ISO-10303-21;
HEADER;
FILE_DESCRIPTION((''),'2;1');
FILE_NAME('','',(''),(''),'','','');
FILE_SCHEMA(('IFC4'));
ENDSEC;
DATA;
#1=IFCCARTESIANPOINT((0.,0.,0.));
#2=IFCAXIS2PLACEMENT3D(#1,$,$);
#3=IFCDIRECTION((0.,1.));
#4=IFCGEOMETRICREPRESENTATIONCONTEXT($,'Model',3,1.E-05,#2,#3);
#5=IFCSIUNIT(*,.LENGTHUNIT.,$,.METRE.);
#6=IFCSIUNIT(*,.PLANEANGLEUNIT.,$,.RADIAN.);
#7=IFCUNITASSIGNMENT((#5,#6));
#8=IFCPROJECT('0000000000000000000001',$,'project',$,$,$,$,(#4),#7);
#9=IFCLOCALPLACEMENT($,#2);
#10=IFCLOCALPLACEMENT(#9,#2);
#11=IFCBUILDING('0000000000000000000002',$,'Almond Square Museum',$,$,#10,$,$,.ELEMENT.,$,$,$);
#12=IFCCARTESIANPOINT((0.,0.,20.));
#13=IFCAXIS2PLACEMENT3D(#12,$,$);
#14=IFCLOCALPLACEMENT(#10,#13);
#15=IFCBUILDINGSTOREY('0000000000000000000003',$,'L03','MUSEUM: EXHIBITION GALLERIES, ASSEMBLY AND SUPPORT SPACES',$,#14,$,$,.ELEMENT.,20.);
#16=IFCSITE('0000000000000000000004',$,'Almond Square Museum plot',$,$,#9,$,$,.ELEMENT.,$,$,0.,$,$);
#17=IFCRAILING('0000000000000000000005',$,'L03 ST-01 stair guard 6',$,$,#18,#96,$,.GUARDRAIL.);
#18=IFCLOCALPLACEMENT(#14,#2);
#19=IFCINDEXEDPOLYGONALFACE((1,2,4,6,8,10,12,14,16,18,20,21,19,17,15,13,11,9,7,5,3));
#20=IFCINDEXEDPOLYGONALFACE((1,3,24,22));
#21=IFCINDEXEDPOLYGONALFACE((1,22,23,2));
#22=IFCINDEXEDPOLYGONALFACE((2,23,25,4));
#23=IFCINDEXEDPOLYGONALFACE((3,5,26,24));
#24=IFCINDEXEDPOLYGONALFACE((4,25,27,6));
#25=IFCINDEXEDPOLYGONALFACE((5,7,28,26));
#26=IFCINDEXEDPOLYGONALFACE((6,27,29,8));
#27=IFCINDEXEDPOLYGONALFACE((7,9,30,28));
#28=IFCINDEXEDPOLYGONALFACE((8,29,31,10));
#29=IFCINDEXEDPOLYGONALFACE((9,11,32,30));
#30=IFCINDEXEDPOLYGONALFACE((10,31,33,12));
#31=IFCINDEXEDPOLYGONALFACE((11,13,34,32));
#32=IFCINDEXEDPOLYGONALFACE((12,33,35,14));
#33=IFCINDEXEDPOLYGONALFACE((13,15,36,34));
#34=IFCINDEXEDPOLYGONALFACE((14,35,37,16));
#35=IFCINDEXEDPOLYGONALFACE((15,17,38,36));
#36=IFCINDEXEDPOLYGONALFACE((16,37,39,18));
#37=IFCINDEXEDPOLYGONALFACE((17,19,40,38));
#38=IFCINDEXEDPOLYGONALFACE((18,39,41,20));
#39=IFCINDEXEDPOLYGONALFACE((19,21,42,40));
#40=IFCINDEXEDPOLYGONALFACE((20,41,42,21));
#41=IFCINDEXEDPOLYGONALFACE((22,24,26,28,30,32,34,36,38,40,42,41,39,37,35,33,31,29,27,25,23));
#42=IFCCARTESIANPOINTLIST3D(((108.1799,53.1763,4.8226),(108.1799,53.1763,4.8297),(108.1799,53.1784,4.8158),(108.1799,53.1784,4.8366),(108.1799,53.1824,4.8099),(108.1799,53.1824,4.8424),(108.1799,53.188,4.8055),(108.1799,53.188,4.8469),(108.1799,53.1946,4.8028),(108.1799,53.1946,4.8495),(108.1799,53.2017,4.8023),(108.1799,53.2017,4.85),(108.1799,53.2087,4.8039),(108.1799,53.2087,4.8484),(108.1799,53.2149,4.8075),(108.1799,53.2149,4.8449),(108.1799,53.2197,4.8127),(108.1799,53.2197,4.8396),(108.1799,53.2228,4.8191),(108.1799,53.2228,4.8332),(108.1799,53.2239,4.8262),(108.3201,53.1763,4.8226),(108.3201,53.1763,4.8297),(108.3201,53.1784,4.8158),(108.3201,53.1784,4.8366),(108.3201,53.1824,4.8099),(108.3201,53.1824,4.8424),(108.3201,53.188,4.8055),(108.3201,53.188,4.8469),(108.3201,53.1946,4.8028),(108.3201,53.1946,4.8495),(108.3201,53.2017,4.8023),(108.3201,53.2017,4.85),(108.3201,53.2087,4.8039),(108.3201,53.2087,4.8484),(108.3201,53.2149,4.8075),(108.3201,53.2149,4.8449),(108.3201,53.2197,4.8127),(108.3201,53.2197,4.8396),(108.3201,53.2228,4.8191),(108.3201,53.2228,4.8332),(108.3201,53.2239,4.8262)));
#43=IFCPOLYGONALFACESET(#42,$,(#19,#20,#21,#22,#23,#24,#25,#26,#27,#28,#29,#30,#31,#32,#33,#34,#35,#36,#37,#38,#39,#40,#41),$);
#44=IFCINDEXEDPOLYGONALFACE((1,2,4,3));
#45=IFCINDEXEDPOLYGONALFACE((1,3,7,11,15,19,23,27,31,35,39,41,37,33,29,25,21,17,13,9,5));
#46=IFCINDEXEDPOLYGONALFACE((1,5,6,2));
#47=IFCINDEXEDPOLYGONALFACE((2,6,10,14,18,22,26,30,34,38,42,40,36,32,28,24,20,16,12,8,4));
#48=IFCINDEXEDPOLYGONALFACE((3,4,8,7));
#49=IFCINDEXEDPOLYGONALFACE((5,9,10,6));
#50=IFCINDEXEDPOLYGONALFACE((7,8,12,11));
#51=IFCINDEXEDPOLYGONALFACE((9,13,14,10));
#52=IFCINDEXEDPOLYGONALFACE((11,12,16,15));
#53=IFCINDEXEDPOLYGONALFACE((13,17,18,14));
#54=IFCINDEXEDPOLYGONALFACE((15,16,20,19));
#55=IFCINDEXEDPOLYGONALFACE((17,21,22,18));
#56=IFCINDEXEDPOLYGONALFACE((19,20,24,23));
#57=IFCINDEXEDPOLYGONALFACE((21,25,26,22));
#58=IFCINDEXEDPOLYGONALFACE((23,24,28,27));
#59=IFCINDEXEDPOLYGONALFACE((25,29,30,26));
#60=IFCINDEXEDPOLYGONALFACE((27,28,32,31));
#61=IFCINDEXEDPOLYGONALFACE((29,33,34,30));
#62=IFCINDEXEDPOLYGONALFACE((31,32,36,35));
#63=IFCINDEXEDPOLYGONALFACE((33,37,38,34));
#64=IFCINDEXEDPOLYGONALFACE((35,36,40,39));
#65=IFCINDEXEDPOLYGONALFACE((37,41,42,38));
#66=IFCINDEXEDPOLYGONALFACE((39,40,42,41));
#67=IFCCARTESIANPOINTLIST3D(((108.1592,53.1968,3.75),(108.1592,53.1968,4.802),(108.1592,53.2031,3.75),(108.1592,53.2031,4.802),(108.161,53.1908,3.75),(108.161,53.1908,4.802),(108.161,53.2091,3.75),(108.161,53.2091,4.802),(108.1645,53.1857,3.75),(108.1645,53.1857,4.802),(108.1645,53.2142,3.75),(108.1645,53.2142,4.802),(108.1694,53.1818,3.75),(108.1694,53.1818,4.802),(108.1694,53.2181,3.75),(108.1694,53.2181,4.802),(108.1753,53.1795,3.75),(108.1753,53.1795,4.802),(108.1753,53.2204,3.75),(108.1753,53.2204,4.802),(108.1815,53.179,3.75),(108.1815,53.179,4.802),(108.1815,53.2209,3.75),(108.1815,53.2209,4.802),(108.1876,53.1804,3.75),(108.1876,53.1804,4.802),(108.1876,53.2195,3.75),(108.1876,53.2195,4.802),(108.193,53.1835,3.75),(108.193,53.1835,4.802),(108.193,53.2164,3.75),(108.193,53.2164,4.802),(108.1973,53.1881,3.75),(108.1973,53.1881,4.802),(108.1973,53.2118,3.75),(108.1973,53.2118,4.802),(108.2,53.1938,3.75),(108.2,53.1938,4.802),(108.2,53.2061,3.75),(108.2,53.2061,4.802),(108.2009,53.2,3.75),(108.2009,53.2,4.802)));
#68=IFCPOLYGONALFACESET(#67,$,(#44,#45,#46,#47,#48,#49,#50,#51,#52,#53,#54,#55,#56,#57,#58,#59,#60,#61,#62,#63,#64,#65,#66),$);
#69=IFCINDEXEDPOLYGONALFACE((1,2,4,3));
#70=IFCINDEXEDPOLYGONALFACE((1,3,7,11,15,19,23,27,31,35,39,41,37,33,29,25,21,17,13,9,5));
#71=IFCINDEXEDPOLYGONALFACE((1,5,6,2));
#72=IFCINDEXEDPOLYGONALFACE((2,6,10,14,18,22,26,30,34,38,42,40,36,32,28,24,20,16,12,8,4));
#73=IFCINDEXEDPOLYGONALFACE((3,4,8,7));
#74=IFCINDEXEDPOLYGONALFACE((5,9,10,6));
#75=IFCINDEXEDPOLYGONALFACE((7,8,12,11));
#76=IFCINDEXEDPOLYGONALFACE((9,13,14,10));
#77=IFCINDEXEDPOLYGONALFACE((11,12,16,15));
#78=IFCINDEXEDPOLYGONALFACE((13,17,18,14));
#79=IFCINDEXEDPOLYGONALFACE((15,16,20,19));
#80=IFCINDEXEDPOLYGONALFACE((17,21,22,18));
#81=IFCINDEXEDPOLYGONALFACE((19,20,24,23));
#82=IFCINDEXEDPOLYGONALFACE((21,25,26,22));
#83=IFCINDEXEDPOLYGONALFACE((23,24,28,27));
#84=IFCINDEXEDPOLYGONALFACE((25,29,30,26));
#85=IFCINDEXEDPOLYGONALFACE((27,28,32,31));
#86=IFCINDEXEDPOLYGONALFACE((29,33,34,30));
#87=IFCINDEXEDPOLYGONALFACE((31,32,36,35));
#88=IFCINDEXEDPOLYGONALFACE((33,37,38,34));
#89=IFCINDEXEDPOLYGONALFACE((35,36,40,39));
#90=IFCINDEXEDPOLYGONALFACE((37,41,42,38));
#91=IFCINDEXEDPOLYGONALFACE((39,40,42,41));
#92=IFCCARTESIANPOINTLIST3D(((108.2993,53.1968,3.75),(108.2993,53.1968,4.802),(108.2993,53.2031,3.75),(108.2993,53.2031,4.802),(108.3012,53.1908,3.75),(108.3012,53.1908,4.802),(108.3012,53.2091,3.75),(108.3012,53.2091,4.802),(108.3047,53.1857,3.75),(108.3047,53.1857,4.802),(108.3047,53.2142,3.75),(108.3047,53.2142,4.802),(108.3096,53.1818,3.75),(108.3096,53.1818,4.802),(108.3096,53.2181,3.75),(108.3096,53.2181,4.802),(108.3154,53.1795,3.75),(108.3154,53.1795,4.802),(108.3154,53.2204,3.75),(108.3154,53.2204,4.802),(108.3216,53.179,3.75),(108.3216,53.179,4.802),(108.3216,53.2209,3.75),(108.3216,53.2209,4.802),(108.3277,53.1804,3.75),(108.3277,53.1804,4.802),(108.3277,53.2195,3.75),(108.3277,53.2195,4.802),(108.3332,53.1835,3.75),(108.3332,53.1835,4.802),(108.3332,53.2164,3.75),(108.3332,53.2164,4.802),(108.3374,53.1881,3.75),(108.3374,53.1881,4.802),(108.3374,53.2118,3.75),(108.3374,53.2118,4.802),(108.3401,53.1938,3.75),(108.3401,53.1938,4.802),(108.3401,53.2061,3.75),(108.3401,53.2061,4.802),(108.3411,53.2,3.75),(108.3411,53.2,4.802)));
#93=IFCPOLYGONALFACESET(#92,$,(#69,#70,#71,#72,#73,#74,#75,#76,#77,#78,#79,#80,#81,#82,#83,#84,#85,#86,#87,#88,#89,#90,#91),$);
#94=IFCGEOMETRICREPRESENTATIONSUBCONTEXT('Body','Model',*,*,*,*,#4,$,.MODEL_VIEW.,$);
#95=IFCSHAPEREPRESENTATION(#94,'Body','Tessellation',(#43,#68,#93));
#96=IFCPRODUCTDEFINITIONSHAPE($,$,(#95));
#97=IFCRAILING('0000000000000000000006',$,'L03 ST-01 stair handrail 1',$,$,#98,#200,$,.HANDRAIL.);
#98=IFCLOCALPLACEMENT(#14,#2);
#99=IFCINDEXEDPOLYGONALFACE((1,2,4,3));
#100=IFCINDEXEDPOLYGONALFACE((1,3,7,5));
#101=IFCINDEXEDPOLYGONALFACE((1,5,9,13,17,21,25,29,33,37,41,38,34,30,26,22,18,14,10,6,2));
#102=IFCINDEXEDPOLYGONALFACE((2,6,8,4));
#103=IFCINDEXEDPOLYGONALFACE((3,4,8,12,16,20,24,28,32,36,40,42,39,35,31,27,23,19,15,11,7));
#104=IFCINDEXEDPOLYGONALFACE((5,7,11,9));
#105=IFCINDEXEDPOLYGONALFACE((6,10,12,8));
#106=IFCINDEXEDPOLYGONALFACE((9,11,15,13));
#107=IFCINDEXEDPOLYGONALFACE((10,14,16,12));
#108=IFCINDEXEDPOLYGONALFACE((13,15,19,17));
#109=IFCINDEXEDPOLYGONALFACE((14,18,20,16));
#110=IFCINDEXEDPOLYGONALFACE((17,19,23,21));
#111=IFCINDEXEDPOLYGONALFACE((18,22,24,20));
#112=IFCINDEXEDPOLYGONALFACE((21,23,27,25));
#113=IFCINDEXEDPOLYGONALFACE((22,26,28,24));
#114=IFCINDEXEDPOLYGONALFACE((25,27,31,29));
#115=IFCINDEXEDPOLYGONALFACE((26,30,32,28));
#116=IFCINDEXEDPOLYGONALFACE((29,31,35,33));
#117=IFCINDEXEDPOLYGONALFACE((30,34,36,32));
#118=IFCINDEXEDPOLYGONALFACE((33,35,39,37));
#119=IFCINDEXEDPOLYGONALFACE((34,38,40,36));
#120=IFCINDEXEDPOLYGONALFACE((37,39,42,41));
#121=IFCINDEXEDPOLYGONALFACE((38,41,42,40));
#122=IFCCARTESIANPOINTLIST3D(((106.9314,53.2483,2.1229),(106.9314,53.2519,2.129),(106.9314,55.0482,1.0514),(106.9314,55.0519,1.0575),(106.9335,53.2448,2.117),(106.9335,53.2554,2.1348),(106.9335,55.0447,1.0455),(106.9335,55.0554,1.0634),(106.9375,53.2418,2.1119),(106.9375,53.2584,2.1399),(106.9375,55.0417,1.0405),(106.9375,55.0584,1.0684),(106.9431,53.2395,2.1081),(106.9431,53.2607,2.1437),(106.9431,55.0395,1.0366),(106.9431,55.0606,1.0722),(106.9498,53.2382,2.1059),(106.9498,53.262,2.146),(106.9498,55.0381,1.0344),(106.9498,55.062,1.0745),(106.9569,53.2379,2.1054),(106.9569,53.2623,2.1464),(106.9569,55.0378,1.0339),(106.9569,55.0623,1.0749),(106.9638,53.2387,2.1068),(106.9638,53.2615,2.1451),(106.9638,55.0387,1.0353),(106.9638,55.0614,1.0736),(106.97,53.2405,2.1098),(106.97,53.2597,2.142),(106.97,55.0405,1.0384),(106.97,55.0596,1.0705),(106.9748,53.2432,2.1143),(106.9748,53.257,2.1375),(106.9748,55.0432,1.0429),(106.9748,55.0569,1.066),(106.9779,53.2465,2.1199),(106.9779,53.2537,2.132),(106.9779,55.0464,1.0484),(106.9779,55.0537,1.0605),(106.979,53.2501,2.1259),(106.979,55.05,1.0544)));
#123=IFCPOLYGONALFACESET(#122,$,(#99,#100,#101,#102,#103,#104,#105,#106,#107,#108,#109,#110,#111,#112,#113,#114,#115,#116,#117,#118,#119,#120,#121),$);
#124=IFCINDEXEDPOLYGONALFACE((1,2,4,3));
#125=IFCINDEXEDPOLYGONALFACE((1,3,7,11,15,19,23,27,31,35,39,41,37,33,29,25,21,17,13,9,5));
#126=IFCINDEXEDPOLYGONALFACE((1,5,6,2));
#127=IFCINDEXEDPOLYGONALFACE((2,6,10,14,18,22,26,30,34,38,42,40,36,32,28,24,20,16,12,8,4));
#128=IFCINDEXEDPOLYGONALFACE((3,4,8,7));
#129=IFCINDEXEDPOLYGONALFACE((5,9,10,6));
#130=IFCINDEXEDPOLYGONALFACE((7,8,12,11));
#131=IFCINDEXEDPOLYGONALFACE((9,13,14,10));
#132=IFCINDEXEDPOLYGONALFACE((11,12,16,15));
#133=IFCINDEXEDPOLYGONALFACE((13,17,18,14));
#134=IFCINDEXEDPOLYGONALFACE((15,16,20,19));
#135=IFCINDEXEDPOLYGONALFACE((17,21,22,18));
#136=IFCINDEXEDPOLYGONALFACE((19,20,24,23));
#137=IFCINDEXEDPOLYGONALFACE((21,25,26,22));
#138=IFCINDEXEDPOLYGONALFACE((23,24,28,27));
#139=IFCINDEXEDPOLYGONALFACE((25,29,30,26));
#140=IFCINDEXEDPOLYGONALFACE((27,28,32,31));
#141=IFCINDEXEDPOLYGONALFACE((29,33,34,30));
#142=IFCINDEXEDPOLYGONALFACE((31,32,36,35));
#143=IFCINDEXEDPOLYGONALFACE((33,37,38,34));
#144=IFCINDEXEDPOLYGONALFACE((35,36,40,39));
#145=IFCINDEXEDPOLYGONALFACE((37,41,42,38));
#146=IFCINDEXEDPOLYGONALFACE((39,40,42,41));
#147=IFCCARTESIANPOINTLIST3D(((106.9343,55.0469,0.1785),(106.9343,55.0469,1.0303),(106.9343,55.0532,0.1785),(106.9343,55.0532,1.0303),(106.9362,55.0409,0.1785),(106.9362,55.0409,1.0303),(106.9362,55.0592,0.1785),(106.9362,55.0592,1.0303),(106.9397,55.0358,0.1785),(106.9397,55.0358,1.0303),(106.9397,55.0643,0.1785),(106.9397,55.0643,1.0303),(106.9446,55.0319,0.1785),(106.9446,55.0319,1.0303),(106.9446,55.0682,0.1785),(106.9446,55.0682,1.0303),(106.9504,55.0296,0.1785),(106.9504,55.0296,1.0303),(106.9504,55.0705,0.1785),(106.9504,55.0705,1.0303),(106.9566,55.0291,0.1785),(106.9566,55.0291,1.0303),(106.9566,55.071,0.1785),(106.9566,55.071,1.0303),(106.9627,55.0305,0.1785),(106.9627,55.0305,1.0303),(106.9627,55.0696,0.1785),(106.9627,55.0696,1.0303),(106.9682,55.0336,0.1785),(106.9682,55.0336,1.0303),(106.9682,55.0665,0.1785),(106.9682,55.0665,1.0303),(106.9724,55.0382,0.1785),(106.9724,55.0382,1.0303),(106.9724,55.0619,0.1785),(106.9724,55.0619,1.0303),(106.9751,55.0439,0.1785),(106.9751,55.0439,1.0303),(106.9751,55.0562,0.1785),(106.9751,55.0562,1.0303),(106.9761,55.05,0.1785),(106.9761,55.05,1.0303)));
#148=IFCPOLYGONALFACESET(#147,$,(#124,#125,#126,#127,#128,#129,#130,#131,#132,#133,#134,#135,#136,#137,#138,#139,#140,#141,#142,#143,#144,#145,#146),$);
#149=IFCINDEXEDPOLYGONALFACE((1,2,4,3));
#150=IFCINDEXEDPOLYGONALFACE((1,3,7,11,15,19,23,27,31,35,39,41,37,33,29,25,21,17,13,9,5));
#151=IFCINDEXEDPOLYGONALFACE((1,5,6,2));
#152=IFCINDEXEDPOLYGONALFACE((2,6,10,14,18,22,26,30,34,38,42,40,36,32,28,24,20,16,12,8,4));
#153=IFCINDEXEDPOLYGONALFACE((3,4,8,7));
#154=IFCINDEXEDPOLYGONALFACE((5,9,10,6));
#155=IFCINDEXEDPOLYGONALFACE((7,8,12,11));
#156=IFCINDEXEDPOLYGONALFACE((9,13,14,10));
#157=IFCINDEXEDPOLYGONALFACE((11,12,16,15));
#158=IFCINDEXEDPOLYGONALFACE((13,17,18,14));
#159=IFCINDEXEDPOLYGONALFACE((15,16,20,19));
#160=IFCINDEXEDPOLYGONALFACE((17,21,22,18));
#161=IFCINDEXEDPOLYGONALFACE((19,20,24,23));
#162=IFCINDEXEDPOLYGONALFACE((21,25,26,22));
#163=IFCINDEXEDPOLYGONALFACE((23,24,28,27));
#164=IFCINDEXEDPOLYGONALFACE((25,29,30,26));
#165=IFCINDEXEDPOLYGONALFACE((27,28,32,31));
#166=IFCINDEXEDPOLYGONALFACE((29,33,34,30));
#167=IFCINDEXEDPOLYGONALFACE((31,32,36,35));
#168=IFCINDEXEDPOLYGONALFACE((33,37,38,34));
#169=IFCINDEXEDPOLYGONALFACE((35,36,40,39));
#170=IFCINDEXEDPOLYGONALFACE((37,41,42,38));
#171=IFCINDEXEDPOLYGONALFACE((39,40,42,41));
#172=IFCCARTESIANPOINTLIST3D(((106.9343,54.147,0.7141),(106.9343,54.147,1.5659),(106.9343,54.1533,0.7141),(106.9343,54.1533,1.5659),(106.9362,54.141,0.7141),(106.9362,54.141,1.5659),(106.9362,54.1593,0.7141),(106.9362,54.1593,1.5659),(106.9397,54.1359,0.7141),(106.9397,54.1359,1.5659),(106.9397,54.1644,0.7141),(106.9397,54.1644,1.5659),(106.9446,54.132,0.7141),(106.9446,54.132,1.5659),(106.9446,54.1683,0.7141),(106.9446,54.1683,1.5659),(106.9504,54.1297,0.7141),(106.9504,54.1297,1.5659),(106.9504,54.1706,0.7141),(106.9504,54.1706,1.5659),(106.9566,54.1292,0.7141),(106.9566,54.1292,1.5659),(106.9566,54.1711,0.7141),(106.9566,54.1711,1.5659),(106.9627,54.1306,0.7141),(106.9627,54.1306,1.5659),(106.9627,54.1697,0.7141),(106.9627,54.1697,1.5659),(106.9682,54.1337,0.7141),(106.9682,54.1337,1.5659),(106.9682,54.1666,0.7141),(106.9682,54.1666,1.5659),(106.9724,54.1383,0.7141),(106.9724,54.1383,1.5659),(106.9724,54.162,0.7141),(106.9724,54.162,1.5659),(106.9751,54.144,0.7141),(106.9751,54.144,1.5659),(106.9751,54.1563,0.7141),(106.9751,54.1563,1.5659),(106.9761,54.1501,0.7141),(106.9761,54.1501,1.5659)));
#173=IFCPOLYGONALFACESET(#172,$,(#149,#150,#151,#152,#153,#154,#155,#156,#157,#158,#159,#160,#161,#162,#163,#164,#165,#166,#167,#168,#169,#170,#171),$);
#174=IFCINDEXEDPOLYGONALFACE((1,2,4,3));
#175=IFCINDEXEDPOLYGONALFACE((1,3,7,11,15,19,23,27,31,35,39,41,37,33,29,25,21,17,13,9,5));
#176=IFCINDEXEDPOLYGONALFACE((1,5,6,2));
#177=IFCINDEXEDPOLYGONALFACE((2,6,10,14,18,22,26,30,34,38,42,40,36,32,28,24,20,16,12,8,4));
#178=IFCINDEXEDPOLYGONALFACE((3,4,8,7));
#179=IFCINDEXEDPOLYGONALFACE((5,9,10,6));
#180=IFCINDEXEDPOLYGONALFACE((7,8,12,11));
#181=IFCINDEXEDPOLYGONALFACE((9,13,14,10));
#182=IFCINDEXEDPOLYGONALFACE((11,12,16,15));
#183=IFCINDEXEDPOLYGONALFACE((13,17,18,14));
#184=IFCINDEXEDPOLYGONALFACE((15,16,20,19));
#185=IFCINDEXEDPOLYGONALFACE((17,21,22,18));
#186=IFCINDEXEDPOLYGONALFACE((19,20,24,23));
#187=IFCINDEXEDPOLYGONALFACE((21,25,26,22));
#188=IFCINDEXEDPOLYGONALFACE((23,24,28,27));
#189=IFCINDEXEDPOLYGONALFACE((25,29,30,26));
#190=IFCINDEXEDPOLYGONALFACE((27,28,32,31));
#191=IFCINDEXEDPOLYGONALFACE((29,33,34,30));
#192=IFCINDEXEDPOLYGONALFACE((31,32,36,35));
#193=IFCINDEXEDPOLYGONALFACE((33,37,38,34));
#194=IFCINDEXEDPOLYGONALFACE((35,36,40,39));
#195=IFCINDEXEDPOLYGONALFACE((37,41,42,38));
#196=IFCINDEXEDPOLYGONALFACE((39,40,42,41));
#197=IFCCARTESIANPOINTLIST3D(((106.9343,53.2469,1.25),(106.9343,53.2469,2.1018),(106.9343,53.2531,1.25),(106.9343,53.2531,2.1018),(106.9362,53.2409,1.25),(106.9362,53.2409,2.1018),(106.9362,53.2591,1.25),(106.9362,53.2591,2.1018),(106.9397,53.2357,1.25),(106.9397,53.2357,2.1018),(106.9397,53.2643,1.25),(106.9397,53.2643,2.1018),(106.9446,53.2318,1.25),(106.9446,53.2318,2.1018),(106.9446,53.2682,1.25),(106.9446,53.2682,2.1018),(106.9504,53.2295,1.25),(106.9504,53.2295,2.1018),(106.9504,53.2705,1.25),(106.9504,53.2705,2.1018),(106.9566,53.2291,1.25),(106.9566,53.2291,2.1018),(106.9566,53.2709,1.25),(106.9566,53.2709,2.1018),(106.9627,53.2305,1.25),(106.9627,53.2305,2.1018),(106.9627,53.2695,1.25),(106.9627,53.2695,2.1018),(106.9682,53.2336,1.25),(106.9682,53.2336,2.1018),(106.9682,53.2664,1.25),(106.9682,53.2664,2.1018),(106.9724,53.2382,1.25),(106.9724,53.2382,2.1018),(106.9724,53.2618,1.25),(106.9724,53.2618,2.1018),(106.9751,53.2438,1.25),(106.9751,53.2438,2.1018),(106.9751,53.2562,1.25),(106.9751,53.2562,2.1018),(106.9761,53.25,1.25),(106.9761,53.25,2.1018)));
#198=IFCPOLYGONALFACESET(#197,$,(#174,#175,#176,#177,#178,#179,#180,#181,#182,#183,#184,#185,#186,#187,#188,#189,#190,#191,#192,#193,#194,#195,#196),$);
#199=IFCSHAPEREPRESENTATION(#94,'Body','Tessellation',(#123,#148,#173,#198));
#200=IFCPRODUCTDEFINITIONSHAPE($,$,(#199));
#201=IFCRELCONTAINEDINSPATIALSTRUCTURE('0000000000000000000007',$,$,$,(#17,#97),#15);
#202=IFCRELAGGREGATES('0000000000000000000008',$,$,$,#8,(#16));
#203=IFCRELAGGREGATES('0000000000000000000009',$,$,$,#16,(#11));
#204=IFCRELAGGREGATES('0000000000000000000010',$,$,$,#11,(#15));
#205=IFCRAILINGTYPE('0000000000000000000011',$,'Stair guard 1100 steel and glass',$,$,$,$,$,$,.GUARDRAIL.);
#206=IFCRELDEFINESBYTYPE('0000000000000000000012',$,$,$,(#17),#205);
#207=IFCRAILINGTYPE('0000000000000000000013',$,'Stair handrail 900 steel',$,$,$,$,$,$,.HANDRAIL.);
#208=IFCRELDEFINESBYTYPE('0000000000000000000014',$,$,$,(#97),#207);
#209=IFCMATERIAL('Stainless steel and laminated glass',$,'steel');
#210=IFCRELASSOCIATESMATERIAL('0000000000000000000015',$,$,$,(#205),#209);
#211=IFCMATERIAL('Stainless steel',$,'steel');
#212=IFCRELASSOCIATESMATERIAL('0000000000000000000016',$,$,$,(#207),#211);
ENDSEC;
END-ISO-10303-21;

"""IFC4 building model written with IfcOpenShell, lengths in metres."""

from ifc_helpers import new_model, si_unit, direction, frame, origin, origin_2d, place, context, subcontext, project, spatial, circle, extrude, material, type_object, element, save


model = new_model("IFC4")

# Units and contexts
model_context = context("Model", 3, precision=1e-05, world=origin(), true_north=direction((0.0, 1.0)))
body_context = subcontext(model_context, "Body", "Model", "MODEL_VIEW")
ifc_project = project(units=[si_unit("LENGTHUNIT", "METRE"), si_unit("PLANEANGLEUNIT", "RADIAN")], contexts=[model_context])

# Site, building, storey
site_placement = place(None, origin())
site = spatial("IfcSite", under=ifc_project, at=site_placement, Name="Almond Square Museum plot", CompositionType="ELEMENT", RefElevation=0.0)
building_placement = place(site_placement, origin())
building = spatial("IfcBuilding", under=site, at=building_placement, Name="Almond Square Museum", CompositionType="ELEMENT")
storey_placement = place(building_placement, frame((0.0, 0.0, 20.0)))
storey = spatial("IfcBuildingStorey", under=building, at=storey_placement, Name="L03", Description="MUSEUM: EXHIBITION GALLERIES, ASSEMBLY AND SUPPORT SPACES", CompositionType="ELEMENT", Elevation=20.0)

# Railings
ifc_material_1 = material(Name="Stainless steel and laminated glass", Category="steel")
railing_type_1 = type_object("IfcRailingType", Name="Stair guard 1100 steel and glass", PredefinedType="GUARDRAIL", material=ifc_material_1)
railing_1_placement = place(storey_placement, frame((108.1799, 53.2, 3.75)))
element("IfcRailing", 1, at=railing_1_placement, inside=storey, type_object=railing_type_1, Name="L03 ST-01 stair guard 6", PredefinedType="GUARDRAIL", context=body_context, shape_type="SweptSolid", body=[
    extrude(circle(Radius=0.0239, at=origin_2d()), frame((0.0, 0.0, 1.0762), z_axis=(1.0, 0.0, 0.0), x_axis=(0.0, 1.0, 0.0)), (0.0, 0.0, 1.0), 0.1401),
    extrude(circle(Radius=0.021, at=origin_2d()), origin(), (0.0, 0.0, 1.0), 1.052),
    extrude(circle(Radius=0.021, at=origin_2d()), frame((0.1401, 0.0, 0.0)), (0.0, 0.0, 1.0), 1.052),
])
ifc_material_2 = material(Name="Stainless steel", Category="steel")
railing_type_2 = type_object("IfcRailingType", Name="Stair handrail 900 steel", PredefinedType="HANDRAIL", material=ifc_material_2)
for number, where, name in (
    (2, (106.9551, 55.05, 0.1785), "L03 ST-01 stair handrail 1"),
):
    element("IfcRailing", number, at=place(storey_placement, frame(where)), inside=storey, type_object=railing_type_2, Name=name, PredefinedType="HANDRAIL", context=body_context, shape_type="SweptSolid", body=[
        extrude(circle(Radius=0.0239, at=origin_2d()), frame((0.0, 0.0, 0.876), z_axis=(0.0, -0.859277, 0.51151), x_axis=(1.0, 0.0, 0.0)), (0.0, 0.0, 1.0), 2.0947),
        extrude(circle(Radius=0.021, at=origin_2d()), origin(), (0.0, 0.0, 1.0), 0.8518),
        extrude(circle(Radius=0.021, at=origin_2d()), frame((0.0, -0.8999, 0.5356)), (0.0, 0.0, 1.0), 0.8518),
        extrude(circle(Radius=0.021, at=origin_2d()), frame((0.0, -1.8, 1.0715)), (0.0, 0.0, 1.0), 0.8518),
    ])

save(model, "model.ifc")
